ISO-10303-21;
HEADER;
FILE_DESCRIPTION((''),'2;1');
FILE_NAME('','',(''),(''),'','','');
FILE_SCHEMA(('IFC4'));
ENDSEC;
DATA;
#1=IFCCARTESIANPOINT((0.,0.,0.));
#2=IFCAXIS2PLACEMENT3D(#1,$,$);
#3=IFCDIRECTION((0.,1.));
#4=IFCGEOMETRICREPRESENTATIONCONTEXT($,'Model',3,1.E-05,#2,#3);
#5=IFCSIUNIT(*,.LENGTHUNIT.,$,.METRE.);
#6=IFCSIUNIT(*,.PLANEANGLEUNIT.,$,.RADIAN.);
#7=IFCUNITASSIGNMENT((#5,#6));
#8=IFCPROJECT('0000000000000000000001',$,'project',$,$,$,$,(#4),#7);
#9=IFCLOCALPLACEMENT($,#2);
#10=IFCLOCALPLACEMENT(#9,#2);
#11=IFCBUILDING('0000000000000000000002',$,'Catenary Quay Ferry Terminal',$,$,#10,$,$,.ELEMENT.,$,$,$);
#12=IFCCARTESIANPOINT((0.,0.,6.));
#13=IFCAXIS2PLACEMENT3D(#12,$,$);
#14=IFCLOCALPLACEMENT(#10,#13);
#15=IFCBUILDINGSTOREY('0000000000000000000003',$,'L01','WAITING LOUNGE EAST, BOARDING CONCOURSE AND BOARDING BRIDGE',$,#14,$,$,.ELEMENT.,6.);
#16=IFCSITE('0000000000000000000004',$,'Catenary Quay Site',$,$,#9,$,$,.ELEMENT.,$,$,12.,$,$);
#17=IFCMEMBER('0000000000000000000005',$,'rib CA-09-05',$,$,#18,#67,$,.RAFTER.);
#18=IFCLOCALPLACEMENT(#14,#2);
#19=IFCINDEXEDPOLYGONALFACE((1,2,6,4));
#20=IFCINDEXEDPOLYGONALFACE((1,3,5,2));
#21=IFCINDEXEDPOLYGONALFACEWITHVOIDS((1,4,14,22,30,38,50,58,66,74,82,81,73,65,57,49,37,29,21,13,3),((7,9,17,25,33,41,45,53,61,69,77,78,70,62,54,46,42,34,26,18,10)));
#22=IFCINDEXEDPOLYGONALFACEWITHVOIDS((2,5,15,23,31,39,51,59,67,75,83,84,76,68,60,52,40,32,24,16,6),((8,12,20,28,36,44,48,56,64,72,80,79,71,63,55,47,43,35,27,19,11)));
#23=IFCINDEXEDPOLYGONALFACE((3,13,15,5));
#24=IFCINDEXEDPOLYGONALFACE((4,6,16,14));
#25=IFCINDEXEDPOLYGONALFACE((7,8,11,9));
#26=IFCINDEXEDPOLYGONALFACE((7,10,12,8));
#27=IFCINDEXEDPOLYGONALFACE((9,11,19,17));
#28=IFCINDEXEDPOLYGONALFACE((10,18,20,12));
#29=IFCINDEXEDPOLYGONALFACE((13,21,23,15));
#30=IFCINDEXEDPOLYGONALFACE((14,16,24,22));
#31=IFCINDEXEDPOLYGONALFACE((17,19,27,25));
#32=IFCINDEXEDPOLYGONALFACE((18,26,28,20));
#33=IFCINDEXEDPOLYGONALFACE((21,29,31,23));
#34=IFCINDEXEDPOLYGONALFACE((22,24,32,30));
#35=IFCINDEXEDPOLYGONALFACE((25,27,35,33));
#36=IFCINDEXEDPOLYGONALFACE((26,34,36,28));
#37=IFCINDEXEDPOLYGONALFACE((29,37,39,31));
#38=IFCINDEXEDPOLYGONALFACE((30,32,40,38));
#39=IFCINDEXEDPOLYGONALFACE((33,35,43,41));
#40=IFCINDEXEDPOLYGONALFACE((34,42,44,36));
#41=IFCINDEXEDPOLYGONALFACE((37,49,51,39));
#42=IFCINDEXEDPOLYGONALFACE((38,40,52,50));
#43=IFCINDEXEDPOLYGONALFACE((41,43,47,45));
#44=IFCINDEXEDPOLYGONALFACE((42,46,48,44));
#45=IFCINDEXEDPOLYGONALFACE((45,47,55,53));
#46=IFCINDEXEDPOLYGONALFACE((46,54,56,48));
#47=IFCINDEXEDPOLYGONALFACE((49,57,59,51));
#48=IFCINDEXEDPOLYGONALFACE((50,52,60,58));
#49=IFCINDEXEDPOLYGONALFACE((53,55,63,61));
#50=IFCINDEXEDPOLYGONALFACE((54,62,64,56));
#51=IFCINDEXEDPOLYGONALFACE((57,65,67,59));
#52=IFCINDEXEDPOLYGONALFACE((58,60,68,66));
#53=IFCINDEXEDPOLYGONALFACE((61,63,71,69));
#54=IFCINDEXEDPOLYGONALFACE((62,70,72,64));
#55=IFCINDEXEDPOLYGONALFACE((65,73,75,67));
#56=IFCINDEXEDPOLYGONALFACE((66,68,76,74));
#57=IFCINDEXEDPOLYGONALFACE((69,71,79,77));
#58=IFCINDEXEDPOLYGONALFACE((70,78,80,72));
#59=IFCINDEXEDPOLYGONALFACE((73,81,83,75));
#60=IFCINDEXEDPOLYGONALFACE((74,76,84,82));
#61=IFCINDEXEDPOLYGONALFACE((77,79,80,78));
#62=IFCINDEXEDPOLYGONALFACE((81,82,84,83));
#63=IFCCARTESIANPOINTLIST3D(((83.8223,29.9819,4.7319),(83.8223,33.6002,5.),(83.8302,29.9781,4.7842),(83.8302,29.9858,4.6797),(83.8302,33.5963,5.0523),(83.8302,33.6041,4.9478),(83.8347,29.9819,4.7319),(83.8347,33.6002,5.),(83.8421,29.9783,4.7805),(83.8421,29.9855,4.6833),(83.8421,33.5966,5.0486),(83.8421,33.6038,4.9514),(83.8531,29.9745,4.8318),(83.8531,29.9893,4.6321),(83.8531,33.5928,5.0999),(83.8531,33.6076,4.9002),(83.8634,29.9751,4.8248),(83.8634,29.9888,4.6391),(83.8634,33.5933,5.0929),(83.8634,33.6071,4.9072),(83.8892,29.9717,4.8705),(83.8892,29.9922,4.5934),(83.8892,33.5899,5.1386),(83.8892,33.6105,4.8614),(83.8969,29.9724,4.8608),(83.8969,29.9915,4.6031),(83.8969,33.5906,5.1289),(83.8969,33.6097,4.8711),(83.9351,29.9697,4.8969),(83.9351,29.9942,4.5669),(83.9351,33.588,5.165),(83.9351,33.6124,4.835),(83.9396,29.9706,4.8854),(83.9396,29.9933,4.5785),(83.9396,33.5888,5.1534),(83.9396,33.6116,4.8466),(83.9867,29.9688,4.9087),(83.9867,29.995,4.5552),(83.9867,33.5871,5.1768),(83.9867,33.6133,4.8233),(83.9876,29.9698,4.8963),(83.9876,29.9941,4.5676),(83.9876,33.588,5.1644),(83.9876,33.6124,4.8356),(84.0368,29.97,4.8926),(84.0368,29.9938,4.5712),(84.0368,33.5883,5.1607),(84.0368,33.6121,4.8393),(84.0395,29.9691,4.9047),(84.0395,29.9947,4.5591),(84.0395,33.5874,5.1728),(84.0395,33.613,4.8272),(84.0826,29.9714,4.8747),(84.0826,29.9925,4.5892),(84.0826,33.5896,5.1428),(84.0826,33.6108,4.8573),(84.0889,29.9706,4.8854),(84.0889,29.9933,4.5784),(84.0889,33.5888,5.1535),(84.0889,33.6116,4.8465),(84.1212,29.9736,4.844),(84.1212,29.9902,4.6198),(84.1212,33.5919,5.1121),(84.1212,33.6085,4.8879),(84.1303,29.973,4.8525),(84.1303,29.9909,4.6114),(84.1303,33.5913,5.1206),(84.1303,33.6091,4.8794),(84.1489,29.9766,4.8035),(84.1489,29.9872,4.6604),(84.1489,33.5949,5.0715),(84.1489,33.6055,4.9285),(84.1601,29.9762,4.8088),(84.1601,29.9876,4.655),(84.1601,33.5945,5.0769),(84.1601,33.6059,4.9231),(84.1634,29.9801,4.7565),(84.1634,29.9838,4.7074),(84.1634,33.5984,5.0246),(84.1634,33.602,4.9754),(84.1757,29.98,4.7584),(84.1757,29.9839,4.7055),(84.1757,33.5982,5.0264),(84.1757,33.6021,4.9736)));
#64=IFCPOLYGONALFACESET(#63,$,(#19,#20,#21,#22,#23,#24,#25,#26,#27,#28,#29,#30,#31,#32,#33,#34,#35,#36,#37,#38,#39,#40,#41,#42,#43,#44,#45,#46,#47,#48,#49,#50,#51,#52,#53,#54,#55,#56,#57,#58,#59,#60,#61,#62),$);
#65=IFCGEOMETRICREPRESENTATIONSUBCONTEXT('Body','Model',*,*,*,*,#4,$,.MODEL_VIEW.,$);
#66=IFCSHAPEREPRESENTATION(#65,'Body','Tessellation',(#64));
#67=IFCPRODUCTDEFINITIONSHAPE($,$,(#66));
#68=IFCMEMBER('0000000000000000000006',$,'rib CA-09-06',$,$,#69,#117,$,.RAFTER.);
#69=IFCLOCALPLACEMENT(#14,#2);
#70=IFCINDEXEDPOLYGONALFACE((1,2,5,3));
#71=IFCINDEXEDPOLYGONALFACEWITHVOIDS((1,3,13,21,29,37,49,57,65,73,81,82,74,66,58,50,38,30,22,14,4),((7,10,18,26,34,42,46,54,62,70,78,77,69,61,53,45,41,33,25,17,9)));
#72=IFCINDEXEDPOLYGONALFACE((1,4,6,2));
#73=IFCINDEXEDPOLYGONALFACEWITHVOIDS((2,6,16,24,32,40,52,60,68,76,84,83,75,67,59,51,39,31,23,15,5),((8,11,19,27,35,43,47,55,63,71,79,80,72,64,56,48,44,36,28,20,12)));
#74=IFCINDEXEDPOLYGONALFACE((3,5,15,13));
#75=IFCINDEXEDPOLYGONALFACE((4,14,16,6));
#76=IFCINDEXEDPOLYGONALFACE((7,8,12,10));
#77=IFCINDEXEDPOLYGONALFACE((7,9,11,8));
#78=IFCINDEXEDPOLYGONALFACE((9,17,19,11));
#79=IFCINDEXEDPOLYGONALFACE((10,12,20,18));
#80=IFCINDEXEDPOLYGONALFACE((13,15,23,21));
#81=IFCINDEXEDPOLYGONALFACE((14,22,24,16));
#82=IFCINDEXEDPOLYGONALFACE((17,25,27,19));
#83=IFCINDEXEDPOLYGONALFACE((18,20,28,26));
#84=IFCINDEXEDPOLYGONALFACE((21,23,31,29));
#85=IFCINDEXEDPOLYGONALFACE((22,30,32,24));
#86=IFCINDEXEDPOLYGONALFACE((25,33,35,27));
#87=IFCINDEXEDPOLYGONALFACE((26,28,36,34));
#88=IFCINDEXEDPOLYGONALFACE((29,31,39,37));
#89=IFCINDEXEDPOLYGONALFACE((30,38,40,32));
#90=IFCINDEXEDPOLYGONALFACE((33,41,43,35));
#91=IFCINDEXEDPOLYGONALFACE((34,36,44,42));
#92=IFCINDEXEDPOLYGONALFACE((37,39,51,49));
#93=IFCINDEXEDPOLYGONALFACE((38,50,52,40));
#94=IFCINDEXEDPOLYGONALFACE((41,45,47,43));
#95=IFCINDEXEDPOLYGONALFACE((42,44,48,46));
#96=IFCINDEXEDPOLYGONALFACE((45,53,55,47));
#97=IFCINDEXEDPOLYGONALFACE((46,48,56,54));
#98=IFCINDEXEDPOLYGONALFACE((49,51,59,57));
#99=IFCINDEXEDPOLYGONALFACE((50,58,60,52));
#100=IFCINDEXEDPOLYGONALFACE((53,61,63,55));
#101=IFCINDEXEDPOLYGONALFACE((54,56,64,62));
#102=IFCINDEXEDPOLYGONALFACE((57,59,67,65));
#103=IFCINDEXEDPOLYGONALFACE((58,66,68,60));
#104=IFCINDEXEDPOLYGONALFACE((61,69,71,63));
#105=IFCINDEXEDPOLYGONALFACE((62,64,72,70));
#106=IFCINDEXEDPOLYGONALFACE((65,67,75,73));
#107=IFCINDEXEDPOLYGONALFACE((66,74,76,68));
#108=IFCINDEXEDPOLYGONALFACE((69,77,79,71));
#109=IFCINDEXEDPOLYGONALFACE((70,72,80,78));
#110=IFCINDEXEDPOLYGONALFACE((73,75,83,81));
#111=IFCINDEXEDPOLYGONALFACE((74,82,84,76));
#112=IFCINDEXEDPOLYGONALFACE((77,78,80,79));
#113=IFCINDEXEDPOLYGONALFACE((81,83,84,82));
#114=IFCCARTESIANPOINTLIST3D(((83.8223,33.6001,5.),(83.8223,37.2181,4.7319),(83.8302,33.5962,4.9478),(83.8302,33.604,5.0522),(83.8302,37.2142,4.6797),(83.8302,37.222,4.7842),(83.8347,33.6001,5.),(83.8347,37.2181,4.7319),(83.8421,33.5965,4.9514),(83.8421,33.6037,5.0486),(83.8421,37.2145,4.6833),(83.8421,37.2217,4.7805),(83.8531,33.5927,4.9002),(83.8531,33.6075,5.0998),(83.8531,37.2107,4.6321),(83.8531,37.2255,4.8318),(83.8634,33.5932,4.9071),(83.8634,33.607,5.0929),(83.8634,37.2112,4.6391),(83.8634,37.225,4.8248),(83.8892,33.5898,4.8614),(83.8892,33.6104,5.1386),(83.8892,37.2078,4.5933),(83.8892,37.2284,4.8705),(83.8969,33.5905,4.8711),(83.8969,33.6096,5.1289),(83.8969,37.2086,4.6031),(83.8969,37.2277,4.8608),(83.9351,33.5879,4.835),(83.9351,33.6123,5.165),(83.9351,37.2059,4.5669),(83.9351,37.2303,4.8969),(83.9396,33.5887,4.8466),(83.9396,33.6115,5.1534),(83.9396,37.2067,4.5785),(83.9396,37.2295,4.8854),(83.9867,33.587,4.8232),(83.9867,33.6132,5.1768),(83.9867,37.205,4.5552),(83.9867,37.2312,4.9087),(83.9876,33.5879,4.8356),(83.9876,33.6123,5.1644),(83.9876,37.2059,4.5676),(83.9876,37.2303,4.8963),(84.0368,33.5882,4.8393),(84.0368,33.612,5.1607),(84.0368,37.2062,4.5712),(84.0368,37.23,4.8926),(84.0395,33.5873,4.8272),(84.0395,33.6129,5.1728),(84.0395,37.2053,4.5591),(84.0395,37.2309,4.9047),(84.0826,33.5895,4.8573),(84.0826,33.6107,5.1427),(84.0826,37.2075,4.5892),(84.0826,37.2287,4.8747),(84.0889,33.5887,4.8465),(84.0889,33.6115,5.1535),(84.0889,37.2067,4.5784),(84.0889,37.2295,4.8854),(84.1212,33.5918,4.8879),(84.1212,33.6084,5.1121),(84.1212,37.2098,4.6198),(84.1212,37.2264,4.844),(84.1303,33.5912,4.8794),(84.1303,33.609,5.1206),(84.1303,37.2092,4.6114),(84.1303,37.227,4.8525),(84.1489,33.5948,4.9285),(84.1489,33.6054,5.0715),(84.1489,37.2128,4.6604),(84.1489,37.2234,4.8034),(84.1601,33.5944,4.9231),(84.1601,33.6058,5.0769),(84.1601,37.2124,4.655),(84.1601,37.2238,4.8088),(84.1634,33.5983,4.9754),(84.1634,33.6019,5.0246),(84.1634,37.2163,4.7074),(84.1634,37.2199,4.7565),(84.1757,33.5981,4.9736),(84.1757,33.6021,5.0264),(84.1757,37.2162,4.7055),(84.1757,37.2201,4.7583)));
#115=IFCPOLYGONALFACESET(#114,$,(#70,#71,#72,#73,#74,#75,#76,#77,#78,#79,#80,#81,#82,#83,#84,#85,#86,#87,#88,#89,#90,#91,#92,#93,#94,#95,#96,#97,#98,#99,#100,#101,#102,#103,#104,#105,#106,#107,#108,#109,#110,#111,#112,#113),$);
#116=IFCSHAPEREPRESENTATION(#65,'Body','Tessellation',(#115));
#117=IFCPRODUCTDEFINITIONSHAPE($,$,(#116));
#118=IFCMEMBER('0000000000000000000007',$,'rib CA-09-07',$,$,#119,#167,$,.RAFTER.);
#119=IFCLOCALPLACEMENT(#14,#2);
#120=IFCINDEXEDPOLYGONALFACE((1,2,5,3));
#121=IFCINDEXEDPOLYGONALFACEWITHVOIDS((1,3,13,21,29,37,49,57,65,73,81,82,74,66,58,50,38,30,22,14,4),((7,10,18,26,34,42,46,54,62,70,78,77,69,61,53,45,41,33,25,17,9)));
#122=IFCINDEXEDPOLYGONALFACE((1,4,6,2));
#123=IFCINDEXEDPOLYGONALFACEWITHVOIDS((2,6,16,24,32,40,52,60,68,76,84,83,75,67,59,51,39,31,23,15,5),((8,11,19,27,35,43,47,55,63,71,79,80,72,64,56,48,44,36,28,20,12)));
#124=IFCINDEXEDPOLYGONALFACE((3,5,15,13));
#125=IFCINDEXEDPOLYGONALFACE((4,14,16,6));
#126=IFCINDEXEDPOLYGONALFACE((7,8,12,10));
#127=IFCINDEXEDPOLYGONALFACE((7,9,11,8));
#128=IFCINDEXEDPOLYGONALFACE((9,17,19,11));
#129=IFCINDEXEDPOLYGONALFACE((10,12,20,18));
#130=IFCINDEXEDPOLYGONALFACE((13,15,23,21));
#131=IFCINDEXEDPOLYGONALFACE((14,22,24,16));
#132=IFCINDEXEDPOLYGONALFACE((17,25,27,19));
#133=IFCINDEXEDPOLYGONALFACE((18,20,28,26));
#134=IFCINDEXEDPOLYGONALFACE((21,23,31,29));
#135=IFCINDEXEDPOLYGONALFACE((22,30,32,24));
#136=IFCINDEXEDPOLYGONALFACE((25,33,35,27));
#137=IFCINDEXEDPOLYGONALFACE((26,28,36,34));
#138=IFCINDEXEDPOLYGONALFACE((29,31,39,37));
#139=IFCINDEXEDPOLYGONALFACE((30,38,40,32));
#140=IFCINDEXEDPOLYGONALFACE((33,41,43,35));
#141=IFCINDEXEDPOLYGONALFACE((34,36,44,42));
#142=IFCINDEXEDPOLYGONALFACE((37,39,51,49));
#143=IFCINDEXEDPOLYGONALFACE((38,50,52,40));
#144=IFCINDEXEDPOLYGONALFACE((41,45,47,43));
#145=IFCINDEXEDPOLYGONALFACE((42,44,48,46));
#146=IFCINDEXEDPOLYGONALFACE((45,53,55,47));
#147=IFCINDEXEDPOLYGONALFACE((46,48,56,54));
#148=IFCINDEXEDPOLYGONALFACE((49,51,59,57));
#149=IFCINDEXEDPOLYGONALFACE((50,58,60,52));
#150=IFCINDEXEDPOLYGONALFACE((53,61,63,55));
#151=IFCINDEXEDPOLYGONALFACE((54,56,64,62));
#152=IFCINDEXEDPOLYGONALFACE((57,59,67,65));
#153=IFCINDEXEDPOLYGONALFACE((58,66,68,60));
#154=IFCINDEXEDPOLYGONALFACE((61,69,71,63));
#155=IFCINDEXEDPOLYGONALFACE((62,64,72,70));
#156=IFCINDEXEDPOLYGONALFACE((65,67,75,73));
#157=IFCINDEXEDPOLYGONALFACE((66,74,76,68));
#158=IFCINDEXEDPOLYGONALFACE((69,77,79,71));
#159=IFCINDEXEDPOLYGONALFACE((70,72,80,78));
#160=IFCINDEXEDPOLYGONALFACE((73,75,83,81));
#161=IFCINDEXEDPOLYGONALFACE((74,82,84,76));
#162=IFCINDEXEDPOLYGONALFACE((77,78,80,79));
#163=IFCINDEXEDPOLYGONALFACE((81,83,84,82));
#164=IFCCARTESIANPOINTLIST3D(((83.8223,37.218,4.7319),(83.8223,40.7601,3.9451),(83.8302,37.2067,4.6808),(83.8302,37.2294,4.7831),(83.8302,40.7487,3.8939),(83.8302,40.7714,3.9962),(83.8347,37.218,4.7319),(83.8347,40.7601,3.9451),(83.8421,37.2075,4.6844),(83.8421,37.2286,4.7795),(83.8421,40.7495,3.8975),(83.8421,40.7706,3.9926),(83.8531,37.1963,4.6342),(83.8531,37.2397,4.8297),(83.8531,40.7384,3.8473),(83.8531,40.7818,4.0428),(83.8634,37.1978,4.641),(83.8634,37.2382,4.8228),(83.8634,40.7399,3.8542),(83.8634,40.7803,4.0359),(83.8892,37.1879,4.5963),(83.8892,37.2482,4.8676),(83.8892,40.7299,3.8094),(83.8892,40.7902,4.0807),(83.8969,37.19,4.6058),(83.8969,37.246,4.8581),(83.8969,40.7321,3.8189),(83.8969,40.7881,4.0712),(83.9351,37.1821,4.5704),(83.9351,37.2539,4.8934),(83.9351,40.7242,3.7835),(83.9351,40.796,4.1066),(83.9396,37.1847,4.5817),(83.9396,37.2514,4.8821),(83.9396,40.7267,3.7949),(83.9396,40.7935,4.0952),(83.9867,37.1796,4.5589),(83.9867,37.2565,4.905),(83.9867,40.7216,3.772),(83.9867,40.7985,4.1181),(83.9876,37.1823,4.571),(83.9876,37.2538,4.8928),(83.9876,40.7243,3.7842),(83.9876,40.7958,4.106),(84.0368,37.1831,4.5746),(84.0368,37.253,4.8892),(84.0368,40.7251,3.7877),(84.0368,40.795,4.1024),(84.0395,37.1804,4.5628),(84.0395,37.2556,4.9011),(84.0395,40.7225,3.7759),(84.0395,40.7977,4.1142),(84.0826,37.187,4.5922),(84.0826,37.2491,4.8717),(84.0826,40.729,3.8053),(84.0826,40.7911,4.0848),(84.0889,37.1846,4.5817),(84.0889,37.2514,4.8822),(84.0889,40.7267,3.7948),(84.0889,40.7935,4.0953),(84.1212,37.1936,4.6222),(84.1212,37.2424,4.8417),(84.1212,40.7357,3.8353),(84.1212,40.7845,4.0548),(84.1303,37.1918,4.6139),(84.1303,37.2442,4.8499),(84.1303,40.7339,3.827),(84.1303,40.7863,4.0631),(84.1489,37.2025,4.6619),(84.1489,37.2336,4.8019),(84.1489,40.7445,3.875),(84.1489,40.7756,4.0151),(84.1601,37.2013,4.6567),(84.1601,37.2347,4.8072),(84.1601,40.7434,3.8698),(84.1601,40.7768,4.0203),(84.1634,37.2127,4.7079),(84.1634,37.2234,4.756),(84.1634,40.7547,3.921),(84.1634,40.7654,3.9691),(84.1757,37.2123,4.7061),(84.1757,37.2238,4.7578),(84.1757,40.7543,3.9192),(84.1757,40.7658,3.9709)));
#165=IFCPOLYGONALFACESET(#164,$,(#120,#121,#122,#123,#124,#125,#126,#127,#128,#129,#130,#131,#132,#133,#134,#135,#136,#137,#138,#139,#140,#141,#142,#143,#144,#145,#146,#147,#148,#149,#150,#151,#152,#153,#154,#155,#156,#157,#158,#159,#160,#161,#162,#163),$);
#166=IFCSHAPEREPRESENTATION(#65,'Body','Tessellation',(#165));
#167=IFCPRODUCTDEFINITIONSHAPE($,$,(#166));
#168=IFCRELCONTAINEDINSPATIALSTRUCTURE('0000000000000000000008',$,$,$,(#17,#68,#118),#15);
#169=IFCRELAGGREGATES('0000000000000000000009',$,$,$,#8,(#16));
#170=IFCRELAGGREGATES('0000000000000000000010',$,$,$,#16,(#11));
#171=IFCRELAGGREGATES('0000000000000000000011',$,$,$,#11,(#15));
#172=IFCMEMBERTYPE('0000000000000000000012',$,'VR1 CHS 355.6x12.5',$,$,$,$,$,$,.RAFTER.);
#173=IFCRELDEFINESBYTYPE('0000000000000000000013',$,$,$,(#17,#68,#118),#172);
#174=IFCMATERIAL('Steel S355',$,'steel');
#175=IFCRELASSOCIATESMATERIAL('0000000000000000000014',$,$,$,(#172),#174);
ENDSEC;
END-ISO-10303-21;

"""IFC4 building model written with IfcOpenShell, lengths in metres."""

from ifc_helpers import new_model, si_unit, direction, frame, origin, origin_2d, place, context, subcontext, project, spatial, hollow_circle, extrude, material, material_profile, profile_set, type_object, element, save


model = new_model("IFC4")

# Units and contexts
model_context = context("Model", 3, precision=1e-05, world=origin(), true_north=direction((0.0, 1.0)))
body_context = subcontext(model_context, "Body", "Model", "MODEL_VIEW")
ifc_project = project(units=[si_unit("LENGTHUNIT", "METRE"), si_unit("PLANEANGLEUNIT", "RADIAN")], contexts=[model_context])

# Site, building, storey
site_placement = place(None, origin())
site = spatial("IfcSite", under=ifc_project, at=site_placement, Name="Catenary Quay Site", CompositionType="ELEMENT", RefElevation=12.0)
building_placement = place(site_placement, origin())
building = spatial("IfcBuilding", under=site, at=building_placement, Name="Catenary Quay Ferry Terminal", CompositionType="ELEMENT")
storey_placement = place(building_placement, frame((0.0, 0.0, 6.0)))
storey = spatial("IfcBuildingStorey", under=building, at=storey_placement, Name="L01", Description="WAITING LOUNGE EAST, BOARDING CONCOURSE AND BOARDING BRIDGE", CompositionType="ELEMENT", Elevation=6.0)

# Members
ifc_material_1 = material(Name="Steel S355", Category="steel")
ifc_material_profile_1 = material_profile(ifc_material_1, hollow_circle(Radius=0.1777, WallThickness=0.0125, at=origin_2d()), Name="CHS 355.6x12.5")
ifc_profile_set_1 = profile_set([ifc_material_profile_1], Name="Steel S355")
member_type_1 = type_object("IfcMemberType", Name="VR1 CHS 355.6x12.5", PredefinedType="RAFTER", material=ifc_profile_set_1)
member_1_placement = place(storey_placement, frame((84.0, 29.9819, 4.7319), z_axis=(0.0, 0.997267, 0.073887), x_axis=(-1.0, 0.0, 0.0)))
element("IfcMember", 1, at=member_1_placement, inside=storey, type_object=member_type_1, Name="rib CA-09-05", PredefinedType="RAFTER", context=body_context, shape_type="SweptSolid", body=[
    extrude(hollow_circle(Radius=0.1777, WallThickness=0.0125, at=origin_2d()), origin(), (0.0, 0.0, 1.0), 3.6282),
])
member_2_placement = place(storey_placement, frame((84.0, 33.6001, 5.0), z_axis=(0.0, 0.997266, -0.073892), x_axis=(-1.0, 0.0, 0.0)))
element("IfcMember", 2, at=member_2_placement, inside=storey, type_object=member_type_1, Name="rib CA-09-06", PredefinedType="RAFTER", context=body_context, shape_type="SweptSolid", body=[
    extrude(hollow_circle(Radius=0.1777, WallThickness=0.0125, at=origin_2d()), origin(), (0.0, 0.0, 1.0), 3.6279),
])
member_3_placement = place(storey_placement, frame((84.0, 37.218, 4.7319), z_axis=(0.0, 0.976201, -0.216866), x_axis=(-1.0, 0.0, 0.0)))
element("IfcMember", 3, at=member_3_placement, inside=storey, type_object=member_type_1, Name="rib CA-09-07", PredefinedType="RAFTER", context=body_context, shape_type="SweptSolid", body=[
    extrude(hollow_circle(Radius=0.1777, WallThickness=0.0125, at=origin_2d()), origin(), (0.0, 0.0, 1.0), 3.6284),
])

save(model, "model.ifc")
